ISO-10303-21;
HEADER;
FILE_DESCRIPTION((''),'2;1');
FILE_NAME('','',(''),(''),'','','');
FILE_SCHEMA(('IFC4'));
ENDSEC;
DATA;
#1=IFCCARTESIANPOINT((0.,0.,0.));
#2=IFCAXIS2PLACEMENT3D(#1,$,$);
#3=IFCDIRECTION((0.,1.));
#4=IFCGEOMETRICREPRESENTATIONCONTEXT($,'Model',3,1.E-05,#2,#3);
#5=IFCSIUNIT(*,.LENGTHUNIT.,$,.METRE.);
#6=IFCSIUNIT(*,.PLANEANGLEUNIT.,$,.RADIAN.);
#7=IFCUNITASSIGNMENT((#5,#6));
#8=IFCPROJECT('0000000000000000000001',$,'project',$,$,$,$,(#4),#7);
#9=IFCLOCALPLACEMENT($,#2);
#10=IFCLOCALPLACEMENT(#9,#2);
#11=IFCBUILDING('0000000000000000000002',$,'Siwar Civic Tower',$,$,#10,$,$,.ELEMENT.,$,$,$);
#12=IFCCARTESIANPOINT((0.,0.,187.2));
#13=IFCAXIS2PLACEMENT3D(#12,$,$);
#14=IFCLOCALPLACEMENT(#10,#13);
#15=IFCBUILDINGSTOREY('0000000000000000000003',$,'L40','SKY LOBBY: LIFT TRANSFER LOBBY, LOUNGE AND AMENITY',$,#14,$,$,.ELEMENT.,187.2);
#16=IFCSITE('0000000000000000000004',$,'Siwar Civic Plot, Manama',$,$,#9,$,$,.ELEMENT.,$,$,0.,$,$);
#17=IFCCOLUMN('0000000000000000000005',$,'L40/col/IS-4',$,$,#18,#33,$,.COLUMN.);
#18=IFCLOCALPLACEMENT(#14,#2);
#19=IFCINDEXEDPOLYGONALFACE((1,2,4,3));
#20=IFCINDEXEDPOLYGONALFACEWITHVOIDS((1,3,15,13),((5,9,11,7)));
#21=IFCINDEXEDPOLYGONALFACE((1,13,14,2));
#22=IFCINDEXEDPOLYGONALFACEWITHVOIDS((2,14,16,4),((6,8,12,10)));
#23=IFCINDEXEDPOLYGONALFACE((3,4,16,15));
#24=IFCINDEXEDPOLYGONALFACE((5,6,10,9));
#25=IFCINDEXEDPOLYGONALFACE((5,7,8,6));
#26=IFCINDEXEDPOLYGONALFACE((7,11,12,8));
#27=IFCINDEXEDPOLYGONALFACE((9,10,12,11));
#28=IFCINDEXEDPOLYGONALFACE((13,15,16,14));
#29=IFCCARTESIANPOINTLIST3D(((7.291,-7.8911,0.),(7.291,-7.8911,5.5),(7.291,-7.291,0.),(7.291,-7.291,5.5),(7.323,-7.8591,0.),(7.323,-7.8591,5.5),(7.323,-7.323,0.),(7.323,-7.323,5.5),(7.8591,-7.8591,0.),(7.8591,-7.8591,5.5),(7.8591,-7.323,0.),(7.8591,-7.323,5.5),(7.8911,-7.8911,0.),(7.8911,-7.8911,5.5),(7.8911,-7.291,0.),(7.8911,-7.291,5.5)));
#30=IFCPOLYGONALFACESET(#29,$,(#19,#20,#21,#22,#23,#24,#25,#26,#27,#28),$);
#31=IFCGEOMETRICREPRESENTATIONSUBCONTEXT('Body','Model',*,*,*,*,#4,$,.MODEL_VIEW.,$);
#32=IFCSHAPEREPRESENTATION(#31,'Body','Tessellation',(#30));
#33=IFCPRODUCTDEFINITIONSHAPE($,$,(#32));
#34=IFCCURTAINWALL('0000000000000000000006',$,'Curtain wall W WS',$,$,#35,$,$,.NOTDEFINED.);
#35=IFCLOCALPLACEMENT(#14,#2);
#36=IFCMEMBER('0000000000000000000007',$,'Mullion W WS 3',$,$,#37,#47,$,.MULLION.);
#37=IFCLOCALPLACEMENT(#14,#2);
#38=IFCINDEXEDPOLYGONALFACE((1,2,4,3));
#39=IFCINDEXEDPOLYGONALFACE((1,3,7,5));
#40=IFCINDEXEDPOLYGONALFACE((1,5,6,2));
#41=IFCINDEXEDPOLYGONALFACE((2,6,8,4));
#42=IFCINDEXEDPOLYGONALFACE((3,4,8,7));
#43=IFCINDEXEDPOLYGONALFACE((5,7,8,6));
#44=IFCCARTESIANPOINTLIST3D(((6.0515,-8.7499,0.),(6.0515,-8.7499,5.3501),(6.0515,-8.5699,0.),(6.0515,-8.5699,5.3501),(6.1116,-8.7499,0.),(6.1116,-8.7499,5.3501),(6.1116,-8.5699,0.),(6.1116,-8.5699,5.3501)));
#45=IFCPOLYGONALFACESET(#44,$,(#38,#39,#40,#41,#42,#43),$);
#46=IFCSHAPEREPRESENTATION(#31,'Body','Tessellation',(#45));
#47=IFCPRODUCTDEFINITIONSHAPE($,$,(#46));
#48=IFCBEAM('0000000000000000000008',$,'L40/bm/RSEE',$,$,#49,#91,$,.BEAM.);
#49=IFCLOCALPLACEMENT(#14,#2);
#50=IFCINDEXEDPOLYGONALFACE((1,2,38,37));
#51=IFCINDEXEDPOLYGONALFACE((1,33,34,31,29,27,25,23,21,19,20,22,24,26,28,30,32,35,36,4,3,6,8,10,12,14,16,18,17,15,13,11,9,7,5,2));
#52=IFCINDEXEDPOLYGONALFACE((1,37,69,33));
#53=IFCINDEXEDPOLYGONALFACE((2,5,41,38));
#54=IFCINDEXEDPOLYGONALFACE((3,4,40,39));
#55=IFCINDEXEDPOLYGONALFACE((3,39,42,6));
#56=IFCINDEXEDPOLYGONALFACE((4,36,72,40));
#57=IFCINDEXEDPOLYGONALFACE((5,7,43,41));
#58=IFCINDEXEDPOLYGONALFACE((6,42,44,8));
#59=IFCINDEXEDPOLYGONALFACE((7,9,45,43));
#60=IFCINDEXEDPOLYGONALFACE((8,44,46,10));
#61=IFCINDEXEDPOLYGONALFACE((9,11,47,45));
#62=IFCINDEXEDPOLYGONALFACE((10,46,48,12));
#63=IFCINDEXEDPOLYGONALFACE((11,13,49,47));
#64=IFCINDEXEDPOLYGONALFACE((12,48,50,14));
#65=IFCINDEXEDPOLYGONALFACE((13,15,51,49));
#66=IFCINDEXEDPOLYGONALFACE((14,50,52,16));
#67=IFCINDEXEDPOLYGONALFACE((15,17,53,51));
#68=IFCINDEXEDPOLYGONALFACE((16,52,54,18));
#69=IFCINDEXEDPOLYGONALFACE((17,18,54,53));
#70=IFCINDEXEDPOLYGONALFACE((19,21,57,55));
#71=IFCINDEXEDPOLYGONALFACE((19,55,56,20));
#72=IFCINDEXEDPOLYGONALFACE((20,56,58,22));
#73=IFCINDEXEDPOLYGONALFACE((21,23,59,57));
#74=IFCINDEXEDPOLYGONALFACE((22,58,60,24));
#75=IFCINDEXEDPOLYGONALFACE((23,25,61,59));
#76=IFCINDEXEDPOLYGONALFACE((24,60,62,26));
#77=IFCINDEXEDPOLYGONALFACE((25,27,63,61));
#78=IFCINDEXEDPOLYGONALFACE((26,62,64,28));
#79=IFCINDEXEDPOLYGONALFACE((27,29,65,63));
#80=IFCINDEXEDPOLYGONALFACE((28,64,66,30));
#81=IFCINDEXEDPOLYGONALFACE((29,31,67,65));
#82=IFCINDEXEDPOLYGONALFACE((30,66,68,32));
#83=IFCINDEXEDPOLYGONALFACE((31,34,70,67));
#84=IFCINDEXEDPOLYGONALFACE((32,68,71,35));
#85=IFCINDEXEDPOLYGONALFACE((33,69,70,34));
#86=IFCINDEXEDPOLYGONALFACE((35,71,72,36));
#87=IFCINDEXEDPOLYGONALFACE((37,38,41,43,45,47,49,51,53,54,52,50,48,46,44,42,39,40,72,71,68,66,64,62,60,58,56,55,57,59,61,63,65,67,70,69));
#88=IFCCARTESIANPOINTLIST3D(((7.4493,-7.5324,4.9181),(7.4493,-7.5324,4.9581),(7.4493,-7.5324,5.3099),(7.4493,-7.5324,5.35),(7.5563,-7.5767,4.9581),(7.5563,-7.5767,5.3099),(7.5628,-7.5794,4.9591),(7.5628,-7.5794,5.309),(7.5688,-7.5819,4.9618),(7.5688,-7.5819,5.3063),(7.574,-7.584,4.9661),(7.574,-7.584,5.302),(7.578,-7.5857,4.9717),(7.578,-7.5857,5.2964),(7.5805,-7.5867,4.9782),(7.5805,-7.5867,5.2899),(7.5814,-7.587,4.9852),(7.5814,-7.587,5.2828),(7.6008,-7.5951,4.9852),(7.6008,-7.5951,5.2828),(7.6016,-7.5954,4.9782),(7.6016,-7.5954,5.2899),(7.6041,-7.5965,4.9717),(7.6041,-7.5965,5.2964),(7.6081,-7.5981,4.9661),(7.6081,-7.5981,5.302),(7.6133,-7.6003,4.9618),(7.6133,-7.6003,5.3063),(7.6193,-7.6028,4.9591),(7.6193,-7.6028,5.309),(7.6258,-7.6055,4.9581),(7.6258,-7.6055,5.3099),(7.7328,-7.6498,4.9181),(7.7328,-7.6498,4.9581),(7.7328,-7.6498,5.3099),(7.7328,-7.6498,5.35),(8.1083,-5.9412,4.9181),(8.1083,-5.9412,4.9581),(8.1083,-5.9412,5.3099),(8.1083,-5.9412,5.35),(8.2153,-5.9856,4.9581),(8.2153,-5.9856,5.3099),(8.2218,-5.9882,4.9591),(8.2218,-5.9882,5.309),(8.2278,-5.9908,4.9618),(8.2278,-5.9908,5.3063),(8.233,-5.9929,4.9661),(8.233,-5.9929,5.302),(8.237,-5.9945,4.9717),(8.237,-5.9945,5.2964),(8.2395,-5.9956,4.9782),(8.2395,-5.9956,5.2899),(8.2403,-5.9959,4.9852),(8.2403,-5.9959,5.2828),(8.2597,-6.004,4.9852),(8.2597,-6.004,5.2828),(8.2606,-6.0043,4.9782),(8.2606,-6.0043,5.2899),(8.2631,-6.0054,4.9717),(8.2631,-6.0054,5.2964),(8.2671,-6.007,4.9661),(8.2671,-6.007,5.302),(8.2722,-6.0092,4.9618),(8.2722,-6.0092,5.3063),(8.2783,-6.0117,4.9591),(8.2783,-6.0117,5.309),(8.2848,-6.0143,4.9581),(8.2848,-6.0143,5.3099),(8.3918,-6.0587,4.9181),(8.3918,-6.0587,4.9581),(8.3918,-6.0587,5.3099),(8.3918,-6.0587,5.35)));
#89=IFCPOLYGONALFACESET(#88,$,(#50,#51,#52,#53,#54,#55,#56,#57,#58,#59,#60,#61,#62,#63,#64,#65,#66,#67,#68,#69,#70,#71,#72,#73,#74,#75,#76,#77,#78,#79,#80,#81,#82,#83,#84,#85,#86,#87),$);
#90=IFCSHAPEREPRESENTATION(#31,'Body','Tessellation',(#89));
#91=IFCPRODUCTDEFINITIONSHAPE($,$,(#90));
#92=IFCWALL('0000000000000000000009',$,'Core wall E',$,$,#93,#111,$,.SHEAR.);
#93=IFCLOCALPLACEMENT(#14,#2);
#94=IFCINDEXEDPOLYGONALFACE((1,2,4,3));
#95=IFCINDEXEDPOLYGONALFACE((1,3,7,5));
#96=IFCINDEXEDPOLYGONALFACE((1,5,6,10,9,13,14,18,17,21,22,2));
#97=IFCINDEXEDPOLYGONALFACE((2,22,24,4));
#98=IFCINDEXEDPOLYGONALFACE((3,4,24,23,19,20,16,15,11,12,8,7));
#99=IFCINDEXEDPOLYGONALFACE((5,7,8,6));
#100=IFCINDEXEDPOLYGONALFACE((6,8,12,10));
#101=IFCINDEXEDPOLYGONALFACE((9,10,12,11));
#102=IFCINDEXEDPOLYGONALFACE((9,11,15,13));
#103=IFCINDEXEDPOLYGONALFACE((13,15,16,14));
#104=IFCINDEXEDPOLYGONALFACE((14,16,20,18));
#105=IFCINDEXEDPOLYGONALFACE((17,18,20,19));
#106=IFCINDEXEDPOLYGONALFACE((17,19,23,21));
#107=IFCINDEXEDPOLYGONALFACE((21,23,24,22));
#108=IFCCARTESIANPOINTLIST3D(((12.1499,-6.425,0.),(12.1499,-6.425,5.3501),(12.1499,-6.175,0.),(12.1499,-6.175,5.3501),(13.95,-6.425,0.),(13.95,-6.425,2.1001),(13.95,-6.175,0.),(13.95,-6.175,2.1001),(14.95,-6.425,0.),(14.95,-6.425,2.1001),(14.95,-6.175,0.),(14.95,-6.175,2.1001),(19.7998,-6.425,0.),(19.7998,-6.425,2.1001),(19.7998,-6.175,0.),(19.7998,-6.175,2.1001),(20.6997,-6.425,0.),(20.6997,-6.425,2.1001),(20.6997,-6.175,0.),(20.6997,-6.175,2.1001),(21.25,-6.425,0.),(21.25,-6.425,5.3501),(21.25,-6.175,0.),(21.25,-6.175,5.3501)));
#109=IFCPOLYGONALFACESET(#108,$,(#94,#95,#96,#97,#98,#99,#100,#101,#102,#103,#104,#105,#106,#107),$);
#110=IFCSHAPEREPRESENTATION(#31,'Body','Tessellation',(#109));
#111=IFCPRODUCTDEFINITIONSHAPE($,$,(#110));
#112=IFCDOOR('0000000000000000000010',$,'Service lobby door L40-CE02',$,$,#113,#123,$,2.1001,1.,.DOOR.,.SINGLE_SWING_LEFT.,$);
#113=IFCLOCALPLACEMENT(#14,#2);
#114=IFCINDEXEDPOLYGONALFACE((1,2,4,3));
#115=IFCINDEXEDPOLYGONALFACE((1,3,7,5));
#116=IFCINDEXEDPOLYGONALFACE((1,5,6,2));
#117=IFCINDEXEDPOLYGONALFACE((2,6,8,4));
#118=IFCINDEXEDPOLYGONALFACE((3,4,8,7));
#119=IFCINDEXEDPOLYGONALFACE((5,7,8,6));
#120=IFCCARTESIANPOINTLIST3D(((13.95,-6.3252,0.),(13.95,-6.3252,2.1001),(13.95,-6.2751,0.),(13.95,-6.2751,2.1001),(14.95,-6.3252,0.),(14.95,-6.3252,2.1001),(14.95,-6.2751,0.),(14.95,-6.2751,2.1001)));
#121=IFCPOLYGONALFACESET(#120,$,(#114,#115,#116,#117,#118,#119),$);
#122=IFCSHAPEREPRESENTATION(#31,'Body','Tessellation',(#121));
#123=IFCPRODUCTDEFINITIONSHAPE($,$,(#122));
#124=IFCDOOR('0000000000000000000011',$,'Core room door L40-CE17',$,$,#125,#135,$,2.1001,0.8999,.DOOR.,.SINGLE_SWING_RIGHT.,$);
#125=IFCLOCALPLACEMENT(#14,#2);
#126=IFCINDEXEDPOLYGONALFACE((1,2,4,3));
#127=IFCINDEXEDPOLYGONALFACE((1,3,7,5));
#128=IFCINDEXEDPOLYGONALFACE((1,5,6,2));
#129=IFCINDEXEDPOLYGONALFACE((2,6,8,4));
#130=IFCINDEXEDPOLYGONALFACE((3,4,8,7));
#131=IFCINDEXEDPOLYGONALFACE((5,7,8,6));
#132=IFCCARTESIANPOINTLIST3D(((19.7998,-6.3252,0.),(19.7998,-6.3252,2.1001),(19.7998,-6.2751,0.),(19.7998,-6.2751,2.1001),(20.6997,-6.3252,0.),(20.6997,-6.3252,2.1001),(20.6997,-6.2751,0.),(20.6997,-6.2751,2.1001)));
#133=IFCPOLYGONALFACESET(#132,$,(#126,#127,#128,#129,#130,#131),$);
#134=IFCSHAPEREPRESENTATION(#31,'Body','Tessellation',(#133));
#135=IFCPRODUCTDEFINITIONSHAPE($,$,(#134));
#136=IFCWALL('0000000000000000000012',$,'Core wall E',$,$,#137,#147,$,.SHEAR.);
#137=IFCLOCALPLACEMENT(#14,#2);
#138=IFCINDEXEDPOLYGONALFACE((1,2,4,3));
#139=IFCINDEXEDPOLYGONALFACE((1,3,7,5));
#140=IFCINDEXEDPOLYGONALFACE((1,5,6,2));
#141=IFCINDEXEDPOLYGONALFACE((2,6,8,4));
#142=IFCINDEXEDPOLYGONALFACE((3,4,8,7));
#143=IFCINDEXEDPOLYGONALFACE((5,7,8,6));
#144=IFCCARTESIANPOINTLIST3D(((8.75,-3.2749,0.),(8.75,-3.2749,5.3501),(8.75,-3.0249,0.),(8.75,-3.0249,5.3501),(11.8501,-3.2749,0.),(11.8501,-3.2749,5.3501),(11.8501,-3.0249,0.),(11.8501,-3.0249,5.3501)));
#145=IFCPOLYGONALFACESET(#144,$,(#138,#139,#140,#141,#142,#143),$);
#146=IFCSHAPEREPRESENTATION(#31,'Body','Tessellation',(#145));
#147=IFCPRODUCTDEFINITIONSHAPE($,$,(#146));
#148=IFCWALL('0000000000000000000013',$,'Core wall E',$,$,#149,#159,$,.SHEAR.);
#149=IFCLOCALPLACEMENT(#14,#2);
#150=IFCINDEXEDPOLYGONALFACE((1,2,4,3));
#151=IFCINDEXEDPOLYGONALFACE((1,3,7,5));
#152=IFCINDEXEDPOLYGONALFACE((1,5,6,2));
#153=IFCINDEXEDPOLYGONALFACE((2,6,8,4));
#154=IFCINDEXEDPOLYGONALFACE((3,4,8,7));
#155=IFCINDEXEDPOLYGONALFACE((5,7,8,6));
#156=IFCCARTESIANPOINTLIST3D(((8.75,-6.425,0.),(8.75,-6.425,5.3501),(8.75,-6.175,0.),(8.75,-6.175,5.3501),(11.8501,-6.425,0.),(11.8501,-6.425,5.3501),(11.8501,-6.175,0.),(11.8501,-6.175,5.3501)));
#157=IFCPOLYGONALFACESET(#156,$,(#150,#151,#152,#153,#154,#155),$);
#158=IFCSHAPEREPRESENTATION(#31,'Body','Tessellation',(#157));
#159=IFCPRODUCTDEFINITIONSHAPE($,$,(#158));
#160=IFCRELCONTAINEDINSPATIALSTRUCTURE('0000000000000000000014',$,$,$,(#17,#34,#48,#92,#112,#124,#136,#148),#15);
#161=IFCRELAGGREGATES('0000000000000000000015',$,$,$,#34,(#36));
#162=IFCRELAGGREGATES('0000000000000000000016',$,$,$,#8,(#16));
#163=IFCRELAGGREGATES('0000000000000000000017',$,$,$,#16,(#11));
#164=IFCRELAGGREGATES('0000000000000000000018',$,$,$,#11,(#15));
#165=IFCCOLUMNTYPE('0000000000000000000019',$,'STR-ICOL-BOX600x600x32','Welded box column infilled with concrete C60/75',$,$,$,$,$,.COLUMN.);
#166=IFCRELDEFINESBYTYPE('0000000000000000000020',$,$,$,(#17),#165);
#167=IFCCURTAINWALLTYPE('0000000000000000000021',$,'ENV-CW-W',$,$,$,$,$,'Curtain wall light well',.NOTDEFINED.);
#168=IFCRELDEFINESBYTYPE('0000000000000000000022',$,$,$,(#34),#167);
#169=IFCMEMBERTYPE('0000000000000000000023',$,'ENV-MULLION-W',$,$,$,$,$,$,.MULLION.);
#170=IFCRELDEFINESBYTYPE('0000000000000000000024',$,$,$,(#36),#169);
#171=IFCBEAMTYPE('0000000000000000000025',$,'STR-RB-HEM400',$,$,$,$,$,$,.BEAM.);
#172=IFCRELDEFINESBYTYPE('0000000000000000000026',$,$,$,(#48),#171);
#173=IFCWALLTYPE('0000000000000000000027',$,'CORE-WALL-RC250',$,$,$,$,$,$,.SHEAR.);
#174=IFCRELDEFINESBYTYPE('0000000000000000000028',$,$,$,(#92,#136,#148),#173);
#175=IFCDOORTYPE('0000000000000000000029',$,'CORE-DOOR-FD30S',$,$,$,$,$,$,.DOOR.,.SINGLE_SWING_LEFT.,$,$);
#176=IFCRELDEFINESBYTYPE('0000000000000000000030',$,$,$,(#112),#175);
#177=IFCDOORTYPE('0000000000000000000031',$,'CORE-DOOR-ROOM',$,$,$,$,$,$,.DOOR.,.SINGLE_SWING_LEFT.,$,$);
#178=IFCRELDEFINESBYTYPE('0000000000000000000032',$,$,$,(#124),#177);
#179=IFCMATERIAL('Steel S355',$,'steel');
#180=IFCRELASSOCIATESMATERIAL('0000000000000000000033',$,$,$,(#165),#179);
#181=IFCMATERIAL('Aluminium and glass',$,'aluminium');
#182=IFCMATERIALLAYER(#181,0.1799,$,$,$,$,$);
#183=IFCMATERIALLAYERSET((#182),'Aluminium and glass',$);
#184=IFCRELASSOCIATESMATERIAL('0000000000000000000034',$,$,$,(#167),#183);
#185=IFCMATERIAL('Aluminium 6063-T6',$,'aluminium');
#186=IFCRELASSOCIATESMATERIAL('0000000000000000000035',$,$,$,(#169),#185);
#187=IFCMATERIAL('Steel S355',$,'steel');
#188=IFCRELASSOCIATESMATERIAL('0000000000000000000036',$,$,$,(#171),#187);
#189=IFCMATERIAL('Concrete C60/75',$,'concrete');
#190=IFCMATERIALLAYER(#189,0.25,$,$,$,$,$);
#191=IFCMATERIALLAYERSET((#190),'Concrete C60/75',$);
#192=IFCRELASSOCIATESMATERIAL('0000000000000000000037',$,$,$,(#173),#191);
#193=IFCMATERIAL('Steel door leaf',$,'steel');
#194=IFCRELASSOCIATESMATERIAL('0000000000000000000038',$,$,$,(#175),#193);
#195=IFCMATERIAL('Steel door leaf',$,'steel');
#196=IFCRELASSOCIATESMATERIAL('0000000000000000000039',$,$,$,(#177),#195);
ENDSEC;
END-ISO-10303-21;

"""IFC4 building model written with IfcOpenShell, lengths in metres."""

from ifc_helpers import new_model, si_unit, direction, frame, frame_2d, origin, origin_2d, place, context, subcontext, project, spatial, rectangle, hollow_rectangle, i_section, extrude, material, layer, layer_set, material_profile, profile_set, type_object, element, fill, aggregate, save


model = new_model("IFC4")

# Units and contexts
model_context = context("Model", 3, precision=1e-05, world=origin(), true_north=direction((0.0, 1.0)))
body_context = subcontext(model_context, "Body", "Model", "MODEL_VIEW")
ifc_project = project(units=[si_unit("LENGTHUNIT", "METRE"), si_unit("PLANEANGLEUNIT", "RADIAN")], contexts=[model_context])

# Site, building, storey
site_placement = place(None, origin())
site = spatial("IfcSite", under=ifc_project, at=site_placement, Name="Siwar Civic Plot, Manama", CompositionType="ELEMENT", RefElevation=0.0)
building_placement = place(site_placement, origin())
building = spatial("IfcBuilding", under=site, at=building_placement, Name="Siwar Civic Tower", CompositionType="ELEMENT")
storey_placement = place(building_placement, frame((0.0, 0.0, 187.2)))
storey = spatial("IfcBuildingStorey", under=building, at=storey_placement, Name="L40", Description="SKY LOBBY: LIFT TRANSFER LOBBY, LOUNGE AND AMENITY", CompositionType="ELEMENT", Elevation=187.2)

# Column
ifc_material_1 = material(Name="Steel S355", Category="steel")
ifc_material_profile_1 = material_profile(ifc_material_1, hollow_rectangle(XDim=0.6001, YDim=0.6001, WallThickness=0.032, at=origin_2d()), Name="BOX600x600x32")
ifc_profile_set_1 = profile_set([ifc_material_profile_1], Name="Steel S355")
column_type = type_object("IfcColumnType", Name="STR-ICOL-BOX600x600x32", Description="Welded box column infilled with concrete C60/75", PredefinedType="COLUMN", material=ifc_profile_set_1)
column_placement = place(storey_placement, frame((7.5911, -7.5911, 0.0), z_axis=(0.0, 0.0, 1.0), x_axis=(1.0, 0.0, 0.0)))
element("IfcColumn", 1, at=column_placement, inside=storey, type_object=column_type, Name="L40/col/IS-4", PredefinedType="COLUMN", context=body_context, shape_type="SweptSolid", body=[
    extrude(hollow_rectangle(XDim=0.6001, YDim=0.6001, WallThickness=0.032, at=origin_2d()), origin(), (0.0, 0.0, 1.0), 5.5),
])

# Curtain wall, member
ifc_material_2 = material(Name="Aluminium and glass", Category="aluminium")
ifc_layer_1 = layer(ifc_material_2, 0.1799)
ifc_layer_set_1 = layer_set([ifc_layer_1], Name="Aluminium and glass")
curtain_wall_type = type_object("IfcCurtainWallType", Name="ENV-CW-W", ElementType="Curtain wall light well", PredefinedType="NOTDEFINED", material=ifc_layer_set_1)
curtain_wall_placement = place(storey_placement, origin())
curtain_wall = element("IfcCurtainWall", 2, at=curtain_wall_placement, inside=storey, type_object=curtain_wall_type, Name="Curtain wall W WS", PredefinedType="NOTDEFINED")
ifc_material_3 = material(Name="Aluminium 6063-T6", Category="aluminium")
ifc_material_profile_2 = material_profile(ifc_material_3, rectangle(XDim=0.1799, YDim=0.0601, at=origin_2d()), Name="AL 180x60")
ifc_profile_set_2 = profile_set([ifc_material_profile_2], Name="Aluminium 6063-T6")
member_type = type_object("IfcMemberType", Name="ENV-MULLION-W", PredefinedType="MULLION", material=ifc_profile_set_2)
member_placement = place(storey_placement, frame((6.0815, -8.6599, 0.0), z_axis=(0.0, 0.0, 1.0), x_axis=(0.0, 1.0, 0.0)))
member = element("IfcMember", 3, at=member_placement, type_object=member_type, Name="Mullion W WS 3", PredefinedType="MULLION", context=body_context, shape_type="SweptSolid", body=[
    extrude(rectangle(XDim=0.1799, YDim=0.0601, at=origin_2d()), origin(), (0.0, 0.0, 1.0), 5.3501),
])
aggregate(curtain_wall, [member])

# Beam
ifc_material_4 = material(Name="Steel S355", Category="steel")
ifc_material_profile_3 = material_profile(ifc_material_4, i_section(OverallWidth=0.3069, OverallDepth=0.4319, WebThickness=0.021, FlangeThickness=0.04, FilletRadius=0.0271, at=origin_2d()), Name="HEM400")
ifc_profile_set_3 = profile_set([ifc_material_profile_3], Name="Steel S355")
beam_type = type_object("IfcBeamType", Name="STR-RB-HEM400", PredefinedType="BEAM", material=ifc_profile_set_3)
beam_placement = place(storey_placement, frame((7.5911, -7.5911, 5.134), z_axis=(0.382631, 0.923901, 0.0), x_axis=(-0.923901, 0.382631, 0.0)))
element("IfcBeam", 4, at=beam_placement, inside=storey, type_object=beam_type, Name="L40/bm/RSEE", PredefinedType="BEAM", context=body_context, shape_type="SweptSolid", body=[
    extrude(i_section(OverallWidth=0.3069, OverallDepth=0.4319, WebThickness=0.021, FlangeThickness=0.04, FilletRadius=0.0271, at=origin_2d()), origin(), (0.0, 0.0, 1.0), 1.7222),
])

# Wall, openings, doors
ifc_material_5 = material(Name="Concrete C60/75", Category="concrete")
ifc_layer_2 = layer(ifc_material_5, 0.25)
ifc_layer_set_2 = layer_set([ifc_layer_2], Name="Concrete C60/75")
wall_type_1 = type_object("IfcWallType", Name="CORE-WALL-RC250", PredefinedType="SHEAR", material=ifc_layer_set_2)
wall_1_placement = place(storey_placement, frame((12.1499, -6.3, 0.0), z_axis=(0.0, 0.0, 1.0), x_axis=(1.0, 0.0, 0.0)))
wall_1 = element("IfcWall", 5, at=wall_1_placement, inside=storey, type_object=wall_type_1, Name="Core wall E", PredefinedType="SHEAR", context=body_context, shape_type="SweptSolid", body=[
    extrude(rectangle(XDim=9.1001, YDim=0.25, at=frame_2d((4.55, 0.0))), origin(), (0.0, 0.0, 1.0), 5.3501),
])
opening_1_placement = place(wall_1_placement, frame((1.8, 0.0, 0.0)))
opening_1 = element("IfcOpeningElement", 6, at=opening_1_placement, cuts=wall_1, PredefinedType="OPENING", context=body_context, shape_type="SweptSolid", body=[
    extrude(rectangle(XDim=1.0, YDim=2.1001, at=frame_2d((0.5, 1.05))), frame((0.0, 0.135, 0.0), z_axis=(0.0, -1.0, 0.0), x_axis=(1.0, 0.0, 0.0)), (0.0, 0.0, 1.0), 0.27),
])
opening_2_placement = place(wall_1_placement, frame((7.6499, 0.0, 0.0)))
opening_2 = element("IfcOpeningElement", 7, at=opening_2_placement, cuts=wall_1, PredefinedType="OPENING", context=body_context, shape_type="SweptSolid", body=[
    extrude(rectangle(XDim=0.8999, YDim=2.1001, at=frame_2d((0.45, 1.05))), frame((0.0, 0.135, 0.0), z_axis=(0.0, -1.0, 0.0), x_axis=(1.0, 0.0, 0.0)), (0.0, 0.0, 1.0), 0.27),
])
ifc_material_6 = material(Name="Steel door leaf", Category="steel")
door_type_1 = type_object("IfcDoorType", Name="CORE-DOOR-FD30S", OperationType="SINGLE_SWING_LEFT", PredefinedType="DOOR", material=ifc_material_6)
door_1_placement = place(opening_1_placement, origin())
door_1 = element("IfcDoor", 8, at=door_1_placement, inside=storey, type_object=door_type_1, Name="Service lobby door L40-CE02", OperationType="SINGLE_SWING_LEFT", OverallHeight=2.1001, OverallWidth=1.0, PredefinedType="DOOR", context=body_context, shape_type="SweptSolid", body=[
    extrude(rectangle(XDim=1.0, YDim=2.1001, at=frame_2d((0.5, 1.05))), frame((0.0, 0.0249, 0.0), z_axis=(0.0, -1.0, 0.0), x_axis=(1.0, 0.0, 0.0)), (0.0, 0.0, 1.0), 0.05),
])
fill(opening_1, door_1)
ifc_material_7 = material(Name="Steel door leaf", Category="steel")
door_type_2 = type_object("IfcDoorType", Name="CORE-DOOR-ROOM", OperationType="SINGLE_SWING_LEFT", PredefinedType="DOOR", material=ifc_material_7)
door_2_placement = place(opening_2_placement, origin())
door_2 = element("IfcDoor", 9, at=door_2_placement, inside=storey, type_object=door_type_2, Name="Core room door L40-CE17", OperationType="SINGLE_SWING_RIGHT", OverallHeight=2.1001, OverallWidth=0.8999, PredefinedType="DOOR", context=body_context, shape_type="SweptSolid", body=[
    extrude(rectangle(XDim=0.8999, YDim=2.1001, at=frame_2d((0.45, 1.05))), frame((0.0, 0.0249, 0.0), z_axis=(0.0, -1.0, 0.0), x_axis=(1.0, 0.0, 0.0)), (0.0, 0.0, 1.0), 0.05),
])
fill(opening_2, door_2)

# Walls
for number, where, z_axis, x_axis, name in (
    (10, (8.75, -3.1499, 0.0), (0.0, 0.0, 1.0), (1.0, 0.0, 0.0), "Core wall E"),
    (11, (8.75, -6.3, 0.0), (0.0, 0.0, 1.0), (1.0, 0.0, 0.0), "Core wall E"),
):
    element("IfcWall", number, at=place(storey_placement, frame(where, z_axis=z_axis, x_axis=x_axis)), inside=storey, type_object=wall_type_1, Name=name, PredefinedType="SHEAR", context=body_context, shape_type="SweptSolid", body=[
        extrude(rectangle(XDim=3.1001, YDim=0.25, at=frame_2d((1.55, 0.0))), origin(), (0.0, 0.0, 1.0), 5.3501),
    ])

save(model, "model.ifc")
